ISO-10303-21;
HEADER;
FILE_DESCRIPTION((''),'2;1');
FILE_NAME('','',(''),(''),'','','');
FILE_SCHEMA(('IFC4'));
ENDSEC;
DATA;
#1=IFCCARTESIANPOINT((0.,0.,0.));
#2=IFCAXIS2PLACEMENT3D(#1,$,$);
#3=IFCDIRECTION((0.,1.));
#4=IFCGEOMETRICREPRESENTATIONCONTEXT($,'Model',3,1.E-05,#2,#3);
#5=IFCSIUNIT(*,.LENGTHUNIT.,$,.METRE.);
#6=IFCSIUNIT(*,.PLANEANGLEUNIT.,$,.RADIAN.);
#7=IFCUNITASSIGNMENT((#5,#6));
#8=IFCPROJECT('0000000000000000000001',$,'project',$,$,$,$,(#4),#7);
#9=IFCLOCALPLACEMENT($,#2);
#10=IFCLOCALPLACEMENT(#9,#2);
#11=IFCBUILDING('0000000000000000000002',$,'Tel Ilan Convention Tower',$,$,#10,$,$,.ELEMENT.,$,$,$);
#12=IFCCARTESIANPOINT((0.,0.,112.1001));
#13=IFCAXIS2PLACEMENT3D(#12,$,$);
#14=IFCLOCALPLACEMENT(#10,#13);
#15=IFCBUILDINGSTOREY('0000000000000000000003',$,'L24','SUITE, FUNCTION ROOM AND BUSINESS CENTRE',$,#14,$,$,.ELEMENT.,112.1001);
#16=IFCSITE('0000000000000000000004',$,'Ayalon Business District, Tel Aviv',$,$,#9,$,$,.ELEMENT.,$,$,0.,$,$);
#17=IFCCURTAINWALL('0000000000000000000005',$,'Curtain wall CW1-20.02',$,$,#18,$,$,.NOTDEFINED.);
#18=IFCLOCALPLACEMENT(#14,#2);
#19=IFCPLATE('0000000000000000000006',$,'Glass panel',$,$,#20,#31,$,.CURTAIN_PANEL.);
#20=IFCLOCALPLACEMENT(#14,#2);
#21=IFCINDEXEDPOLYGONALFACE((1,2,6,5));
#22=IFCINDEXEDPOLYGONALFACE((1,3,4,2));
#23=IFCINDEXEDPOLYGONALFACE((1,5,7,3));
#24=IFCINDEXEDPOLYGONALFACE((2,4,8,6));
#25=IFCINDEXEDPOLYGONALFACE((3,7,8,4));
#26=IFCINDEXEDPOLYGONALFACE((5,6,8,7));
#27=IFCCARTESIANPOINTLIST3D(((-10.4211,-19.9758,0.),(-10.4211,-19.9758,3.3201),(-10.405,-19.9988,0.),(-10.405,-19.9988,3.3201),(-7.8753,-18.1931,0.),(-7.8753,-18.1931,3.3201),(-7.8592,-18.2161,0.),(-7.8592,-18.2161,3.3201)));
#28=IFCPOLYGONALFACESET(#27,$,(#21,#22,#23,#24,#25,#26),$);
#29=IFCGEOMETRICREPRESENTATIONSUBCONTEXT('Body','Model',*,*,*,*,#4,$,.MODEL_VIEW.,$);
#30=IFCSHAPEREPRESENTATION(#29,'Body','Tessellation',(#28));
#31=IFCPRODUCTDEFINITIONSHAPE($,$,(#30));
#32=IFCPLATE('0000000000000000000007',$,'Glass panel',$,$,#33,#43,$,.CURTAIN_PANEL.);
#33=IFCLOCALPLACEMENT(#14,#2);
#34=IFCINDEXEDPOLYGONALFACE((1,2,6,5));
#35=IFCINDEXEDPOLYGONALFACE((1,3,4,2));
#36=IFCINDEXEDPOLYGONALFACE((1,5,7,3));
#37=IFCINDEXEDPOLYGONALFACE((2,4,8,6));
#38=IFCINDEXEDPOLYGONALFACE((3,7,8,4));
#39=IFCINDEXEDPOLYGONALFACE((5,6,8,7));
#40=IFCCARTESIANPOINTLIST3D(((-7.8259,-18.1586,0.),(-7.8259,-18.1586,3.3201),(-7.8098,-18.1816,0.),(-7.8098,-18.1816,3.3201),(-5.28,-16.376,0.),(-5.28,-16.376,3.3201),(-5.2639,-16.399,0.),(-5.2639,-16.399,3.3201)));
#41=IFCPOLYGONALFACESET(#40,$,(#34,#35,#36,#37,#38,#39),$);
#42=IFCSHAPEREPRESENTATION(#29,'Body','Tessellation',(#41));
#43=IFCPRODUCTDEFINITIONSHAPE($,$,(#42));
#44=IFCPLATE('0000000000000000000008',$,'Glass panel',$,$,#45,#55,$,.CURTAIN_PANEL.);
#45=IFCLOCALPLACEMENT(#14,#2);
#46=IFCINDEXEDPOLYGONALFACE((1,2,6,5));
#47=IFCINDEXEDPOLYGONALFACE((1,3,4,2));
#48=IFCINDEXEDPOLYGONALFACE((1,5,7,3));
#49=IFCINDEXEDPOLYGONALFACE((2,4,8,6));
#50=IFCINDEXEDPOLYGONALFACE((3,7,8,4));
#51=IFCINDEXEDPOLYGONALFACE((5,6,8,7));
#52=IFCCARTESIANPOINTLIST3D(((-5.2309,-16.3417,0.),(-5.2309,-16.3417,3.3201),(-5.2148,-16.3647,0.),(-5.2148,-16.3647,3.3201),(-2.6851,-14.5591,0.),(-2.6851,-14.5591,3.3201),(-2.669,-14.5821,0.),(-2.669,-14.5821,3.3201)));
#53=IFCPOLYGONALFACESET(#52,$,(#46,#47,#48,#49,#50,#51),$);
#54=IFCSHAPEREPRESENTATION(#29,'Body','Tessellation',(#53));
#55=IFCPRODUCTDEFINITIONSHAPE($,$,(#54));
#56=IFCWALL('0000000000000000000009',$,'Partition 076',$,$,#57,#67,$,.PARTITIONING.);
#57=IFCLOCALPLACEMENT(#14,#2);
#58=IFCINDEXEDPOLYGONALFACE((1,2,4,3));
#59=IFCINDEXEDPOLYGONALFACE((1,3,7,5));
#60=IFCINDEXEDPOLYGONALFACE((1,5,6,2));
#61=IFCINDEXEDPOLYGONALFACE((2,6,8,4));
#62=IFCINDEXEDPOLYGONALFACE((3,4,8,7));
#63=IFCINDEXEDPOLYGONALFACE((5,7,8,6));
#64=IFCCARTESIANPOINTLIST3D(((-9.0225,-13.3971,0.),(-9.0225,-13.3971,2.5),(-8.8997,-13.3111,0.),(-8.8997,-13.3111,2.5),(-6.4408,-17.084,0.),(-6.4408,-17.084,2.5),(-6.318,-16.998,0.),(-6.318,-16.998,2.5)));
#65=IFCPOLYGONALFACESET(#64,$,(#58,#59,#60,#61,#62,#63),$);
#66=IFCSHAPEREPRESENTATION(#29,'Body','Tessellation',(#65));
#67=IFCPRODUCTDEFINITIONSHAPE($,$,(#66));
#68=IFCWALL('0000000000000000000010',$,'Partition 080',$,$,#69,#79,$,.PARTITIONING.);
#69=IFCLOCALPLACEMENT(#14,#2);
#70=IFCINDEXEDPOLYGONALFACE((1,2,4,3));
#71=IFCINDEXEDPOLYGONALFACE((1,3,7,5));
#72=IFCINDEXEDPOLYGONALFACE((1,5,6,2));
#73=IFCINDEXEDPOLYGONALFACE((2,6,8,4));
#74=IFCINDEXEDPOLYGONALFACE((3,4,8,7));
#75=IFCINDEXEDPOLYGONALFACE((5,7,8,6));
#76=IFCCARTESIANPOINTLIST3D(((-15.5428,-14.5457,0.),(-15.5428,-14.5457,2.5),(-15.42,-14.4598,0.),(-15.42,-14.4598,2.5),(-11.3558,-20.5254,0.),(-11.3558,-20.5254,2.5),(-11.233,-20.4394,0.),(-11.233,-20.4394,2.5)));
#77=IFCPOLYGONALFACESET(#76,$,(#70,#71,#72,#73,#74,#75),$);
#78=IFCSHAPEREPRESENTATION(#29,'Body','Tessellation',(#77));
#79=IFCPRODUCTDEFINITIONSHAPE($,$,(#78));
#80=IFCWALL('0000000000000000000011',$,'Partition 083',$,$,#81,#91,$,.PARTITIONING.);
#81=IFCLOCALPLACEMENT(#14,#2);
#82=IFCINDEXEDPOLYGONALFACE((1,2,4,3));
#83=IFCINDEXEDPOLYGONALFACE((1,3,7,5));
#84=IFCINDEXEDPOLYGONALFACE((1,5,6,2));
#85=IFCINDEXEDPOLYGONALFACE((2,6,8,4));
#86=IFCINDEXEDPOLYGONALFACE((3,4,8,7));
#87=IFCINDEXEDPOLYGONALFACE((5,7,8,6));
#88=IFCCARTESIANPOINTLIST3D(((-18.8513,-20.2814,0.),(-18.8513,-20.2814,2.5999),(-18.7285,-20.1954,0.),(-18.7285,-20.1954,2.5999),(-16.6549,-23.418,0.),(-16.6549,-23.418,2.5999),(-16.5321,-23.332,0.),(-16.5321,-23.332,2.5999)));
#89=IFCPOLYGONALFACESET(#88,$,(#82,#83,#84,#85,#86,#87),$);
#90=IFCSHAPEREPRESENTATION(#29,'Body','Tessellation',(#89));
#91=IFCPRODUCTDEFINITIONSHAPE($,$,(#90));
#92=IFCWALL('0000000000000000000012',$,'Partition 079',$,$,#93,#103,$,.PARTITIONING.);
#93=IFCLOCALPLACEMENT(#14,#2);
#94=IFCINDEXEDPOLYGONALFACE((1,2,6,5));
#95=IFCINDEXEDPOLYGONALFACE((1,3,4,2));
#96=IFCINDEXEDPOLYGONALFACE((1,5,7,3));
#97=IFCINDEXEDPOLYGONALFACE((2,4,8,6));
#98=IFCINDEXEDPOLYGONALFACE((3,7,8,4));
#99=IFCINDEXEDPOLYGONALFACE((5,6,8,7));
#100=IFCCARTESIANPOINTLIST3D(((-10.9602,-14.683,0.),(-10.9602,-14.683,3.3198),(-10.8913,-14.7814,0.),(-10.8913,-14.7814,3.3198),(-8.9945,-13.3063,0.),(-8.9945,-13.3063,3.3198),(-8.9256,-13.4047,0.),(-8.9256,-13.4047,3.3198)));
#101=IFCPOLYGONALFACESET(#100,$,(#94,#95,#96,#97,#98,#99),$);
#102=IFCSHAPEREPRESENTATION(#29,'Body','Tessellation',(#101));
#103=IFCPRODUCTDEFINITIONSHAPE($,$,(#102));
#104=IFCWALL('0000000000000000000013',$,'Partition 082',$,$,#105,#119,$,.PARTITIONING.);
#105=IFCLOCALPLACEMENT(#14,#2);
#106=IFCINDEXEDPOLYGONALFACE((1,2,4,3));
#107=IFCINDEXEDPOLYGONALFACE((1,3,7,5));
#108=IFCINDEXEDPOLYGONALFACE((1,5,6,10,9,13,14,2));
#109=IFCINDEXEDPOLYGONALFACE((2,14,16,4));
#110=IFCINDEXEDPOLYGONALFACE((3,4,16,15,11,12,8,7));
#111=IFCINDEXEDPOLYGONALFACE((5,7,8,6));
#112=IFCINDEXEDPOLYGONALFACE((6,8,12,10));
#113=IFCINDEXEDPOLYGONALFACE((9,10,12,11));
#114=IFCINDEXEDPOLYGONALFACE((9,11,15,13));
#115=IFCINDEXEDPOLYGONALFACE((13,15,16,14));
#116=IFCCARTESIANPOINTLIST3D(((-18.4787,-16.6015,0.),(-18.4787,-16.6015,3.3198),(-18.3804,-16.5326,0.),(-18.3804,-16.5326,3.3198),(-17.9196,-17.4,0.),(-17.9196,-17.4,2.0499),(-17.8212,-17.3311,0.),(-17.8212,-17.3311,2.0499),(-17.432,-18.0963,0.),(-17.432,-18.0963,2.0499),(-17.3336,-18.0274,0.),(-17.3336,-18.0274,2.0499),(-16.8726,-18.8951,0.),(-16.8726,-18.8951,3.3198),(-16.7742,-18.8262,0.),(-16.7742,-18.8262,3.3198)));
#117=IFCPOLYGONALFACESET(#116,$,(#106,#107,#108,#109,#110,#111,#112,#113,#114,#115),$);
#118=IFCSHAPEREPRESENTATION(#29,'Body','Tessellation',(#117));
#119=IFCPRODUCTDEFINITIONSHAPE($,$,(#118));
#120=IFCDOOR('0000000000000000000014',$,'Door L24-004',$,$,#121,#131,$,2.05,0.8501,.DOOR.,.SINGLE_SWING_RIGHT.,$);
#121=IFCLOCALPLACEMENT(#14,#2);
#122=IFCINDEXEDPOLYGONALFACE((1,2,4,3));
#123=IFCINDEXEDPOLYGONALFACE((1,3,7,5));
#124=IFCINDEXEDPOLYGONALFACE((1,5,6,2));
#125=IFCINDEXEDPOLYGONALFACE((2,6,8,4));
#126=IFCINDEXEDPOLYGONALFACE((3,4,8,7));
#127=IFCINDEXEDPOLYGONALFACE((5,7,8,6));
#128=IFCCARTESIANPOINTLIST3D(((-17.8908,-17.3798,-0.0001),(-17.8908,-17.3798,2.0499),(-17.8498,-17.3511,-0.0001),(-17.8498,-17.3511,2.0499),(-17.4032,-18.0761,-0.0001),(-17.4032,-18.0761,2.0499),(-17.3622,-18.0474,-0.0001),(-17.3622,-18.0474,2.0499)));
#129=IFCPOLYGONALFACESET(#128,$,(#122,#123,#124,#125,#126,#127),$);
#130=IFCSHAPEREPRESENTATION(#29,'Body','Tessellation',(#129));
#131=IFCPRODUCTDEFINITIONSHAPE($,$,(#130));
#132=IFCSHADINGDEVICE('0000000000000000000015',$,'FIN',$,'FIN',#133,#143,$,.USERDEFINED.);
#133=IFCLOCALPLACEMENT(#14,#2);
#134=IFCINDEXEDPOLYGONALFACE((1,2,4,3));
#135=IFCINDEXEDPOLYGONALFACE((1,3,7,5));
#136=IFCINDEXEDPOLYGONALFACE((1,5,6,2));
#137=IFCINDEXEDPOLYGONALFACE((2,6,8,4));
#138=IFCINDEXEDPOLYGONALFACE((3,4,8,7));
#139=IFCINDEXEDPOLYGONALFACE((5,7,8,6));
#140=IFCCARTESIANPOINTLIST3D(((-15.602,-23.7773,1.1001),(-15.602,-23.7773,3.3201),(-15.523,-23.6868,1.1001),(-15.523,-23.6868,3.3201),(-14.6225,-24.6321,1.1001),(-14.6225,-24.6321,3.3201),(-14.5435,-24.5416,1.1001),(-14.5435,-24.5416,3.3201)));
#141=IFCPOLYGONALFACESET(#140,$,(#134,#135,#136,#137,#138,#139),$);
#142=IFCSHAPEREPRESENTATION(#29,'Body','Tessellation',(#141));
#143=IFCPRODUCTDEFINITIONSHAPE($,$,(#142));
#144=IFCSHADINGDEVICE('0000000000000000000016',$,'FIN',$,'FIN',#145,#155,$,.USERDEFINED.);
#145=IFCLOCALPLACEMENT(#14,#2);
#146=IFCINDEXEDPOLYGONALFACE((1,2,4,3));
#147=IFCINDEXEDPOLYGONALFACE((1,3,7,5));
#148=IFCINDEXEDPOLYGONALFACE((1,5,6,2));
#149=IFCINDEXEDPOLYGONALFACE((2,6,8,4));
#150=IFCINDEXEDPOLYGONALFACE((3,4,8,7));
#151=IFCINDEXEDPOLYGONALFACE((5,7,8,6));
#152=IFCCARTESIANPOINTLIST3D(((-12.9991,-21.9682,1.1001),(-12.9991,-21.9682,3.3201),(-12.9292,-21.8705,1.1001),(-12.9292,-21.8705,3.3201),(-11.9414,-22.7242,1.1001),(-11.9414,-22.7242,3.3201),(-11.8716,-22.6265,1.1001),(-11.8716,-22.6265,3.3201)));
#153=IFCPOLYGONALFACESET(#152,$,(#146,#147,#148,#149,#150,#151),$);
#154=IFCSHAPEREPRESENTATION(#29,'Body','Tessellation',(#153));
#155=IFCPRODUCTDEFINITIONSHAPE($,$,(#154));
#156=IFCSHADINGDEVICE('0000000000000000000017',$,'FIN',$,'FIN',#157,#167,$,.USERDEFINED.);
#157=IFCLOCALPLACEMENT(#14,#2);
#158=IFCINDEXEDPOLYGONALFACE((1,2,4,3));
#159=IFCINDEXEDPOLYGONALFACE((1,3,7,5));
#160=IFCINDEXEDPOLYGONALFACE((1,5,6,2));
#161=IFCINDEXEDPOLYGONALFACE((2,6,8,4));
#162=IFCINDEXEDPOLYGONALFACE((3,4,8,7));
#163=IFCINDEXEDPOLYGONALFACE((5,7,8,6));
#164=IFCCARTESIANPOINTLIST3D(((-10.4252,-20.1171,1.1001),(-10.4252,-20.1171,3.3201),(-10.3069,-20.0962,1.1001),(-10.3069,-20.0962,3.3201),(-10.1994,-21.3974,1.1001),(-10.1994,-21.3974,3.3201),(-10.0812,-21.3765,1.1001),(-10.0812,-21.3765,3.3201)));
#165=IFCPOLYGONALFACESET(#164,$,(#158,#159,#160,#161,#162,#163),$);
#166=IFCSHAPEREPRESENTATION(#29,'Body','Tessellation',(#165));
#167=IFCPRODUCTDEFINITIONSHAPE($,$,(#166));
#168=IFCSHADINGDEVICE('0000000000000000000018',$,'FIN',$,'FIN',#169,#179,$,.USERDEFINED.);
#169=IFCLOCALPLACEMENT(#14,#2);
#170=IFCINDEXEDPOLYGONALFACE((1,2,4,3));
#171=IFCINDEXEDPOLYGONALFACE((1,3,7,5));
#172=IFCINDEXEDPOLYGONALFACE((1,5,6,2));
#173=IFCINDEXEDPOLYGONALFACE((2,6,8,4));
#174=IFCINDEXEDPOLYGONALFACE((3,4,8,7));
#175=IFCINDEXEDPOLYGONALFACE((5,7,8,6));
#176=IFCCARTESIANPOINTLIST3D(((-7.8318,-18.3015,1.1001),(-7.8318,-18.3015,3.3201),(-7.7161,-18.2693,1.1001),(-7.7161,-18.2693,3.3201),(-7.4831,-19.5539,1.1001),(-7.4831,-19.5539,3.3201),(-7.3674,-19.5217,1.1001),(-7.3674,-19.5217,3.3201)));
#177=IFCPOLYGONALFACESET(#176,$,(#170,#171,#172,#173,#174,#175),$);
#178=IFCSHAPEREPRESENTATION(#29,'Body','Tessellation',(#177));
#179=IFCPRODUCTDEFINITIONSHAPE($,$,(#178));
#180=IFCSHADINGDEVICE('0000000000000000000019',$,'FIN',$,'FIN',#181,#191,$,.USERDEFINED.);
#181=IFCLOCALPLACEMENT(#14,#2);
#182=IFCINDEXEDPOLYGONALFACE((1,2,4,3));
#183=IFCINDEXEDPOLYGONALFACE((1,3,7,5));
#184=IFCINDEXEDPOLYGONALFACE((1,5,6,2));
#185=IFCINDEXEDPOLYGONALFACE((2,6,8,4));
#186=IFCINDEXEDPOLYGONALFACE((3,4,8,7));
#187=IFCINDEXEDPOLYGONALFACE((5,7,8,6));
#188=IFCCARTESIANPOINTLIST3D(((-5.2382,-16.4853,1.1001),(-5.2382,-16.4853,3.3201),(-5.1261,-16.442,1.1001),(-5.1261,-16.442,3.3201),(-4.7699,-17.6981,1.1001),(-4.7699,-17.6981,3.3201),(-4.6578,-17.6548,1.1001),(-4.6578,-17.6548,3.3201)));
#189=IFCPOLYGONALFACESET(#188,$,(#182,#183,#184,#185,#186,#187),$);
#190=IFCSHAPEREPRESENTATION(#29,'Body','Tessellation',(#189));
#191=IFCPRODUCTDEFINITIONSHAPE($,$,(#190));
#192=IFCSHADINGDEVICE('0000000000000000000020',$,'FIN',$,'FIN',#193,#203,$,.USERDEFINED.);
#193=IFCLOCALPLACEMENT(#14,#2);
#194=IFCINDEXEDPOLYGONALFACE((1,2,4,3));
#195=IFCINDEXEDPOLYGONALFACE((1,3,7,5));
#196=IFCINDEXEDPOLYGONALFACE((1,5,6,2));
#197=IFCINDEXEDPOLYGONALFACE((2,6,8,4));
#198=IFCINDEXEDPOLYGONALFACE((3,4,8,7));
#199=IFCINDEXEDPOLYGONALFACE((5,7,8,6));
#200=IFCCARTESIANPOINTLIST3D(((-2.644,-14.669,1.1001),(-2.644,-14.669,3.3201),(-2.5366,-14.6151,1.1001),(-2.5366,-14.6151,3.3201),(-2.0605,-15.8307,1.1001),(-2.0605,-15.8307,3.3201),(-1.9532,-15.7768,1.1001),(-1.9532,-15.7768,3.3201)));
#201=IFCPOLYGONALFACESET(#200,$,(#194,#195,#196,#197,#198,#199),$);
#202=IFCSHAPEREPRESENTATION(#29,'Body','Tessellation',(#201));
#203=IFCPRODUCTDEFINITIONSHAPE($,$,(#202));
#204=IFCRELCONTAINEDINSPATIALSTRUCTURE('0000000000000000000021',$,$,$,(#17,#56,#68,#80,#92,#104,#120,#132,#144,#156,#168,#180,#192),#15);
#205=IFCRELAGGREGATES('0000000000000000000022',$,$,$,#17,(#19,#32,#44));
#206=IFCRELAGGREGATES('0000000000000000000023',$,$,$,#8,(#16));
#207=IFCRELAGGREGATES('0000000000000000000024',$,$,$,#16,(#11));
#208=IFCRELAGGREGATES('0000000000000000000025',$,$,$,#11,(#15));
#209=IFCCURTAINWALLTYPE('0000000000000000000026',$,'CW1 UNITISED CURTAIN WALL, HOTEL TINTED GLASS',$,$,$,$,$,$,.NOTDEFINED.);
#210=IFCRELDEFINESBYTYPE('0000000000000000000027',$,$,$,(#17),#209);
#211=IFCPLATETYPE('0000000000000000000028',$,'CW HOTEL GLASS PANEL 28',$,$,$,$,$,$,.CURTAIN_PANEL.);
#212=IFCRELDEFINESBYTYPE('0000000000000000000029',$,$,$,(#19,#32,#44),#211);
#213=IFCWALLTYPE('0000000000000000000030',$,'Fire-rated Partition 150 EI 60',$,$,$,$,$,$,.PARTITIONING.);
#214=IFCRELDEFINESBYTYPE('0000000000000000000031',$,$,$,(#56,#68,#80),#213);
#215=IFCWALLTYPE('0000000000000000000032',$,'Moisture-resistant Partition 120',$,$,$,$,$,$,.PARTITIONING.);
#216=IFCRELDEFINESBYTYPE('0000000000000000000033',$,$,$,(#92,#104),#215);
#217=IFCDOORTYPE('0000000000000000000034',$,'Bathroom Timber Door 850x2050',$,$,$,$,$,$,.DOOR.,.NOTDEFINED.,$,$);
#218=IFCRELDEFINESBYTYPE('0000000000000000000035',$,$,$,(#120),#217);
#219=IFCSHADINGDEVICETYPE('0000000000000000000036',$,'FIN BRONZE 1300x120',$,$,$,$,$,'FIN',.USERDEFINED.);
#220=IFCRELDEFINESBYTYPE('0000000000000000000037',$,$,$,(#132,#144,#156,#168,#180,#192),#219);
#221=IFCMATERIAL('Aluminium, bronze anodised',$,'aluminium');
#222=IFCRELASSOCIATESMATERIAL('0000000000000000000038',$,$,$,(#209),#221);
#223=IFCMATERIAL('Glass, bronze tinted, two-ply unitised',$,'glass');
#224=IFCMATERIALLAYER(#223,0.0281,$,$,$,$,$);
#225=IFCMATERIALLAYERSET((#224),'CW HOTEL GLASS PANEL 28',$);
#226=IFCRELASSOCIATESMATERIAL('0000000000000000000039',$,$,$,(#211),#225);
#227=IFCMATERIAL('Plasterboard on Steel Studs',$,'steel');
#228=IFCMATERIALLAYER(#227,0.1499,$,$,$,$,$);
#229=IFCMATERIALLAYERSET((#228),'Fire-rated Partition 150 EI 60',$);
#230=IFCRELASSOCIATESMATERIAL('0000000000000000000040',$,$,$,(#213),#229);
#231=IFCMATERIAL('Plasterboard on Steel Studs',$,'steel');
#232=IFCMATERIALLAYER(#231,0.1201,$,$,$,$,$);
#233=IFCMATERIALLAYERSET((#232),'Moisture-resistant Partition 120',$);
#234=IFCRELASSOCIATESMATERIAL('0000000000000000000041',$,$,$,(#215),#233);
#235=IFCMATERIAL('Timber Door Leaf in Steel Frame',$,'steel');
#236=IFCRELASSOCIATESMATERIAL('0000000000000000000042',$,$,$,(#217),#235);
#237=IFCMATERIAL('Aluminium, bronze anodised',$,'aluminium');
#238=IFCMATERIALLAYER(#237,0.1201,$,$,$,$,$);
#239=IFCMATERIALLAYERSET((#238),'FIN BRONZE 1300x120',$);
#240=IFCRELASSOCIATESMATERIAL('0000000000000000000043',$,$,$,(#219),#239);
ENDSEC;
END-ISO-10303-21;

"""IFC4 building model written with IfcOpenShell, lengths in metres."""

from ifc_helpers import new_model, si_unit, direction, frame, frame_2d, origin, origin_2d, place, context, subcontext, project, spatial, rectangle, extrude, material, layer, layer_set, type_object, element, fill, aggregate, save


model = new_model("IFC4")

# Units and contexts
model_context = context("Model", 3, precision=1e-05, world=origin(), true_north=direction((0.0, 1.0)))
body_context = subcontext(model_context, "Body", "Model", "MODEL_VIEW")
ifc_project = project(units=[si_unit("LENGTHUNIT", "METRE"), si_unit("PLANEANGLEUNIT", "RADIAN")], contexts=[model_context])

# Site, building, storey
site_placement = place(None, origin())
site = spatial("IfcSite", under=ifc_project, at=site_placement, Name="Ayalon Business District, Tel Aviv", CompositionType="ELEMENT", RefElevation=0.0)
building_placement = place(site_placement, origin())
building = spatial("IfcBuilding", under=site, at=building_placement, Name="Tel Ilan Convention Tower", CompositionType="ELEMENT")
storey_placement = place(building_placement, frame((0.0, 0.0, 112.1001)))
storey = spatial("IfcBuildingStorey", under=building, at=storey_placement, Name="L24", Description="SUITE, FUNCTION ROOM AND BUSINESS CENTRE", CompositionType="ELEMENT", Elevation=112.1001)

# Curtain wall, plates
ifc_material_1 = material(Name="Aluminium, bronze anodised", Category="aluminium")
curtain_wall_type = type_object("IfcCurtainWallType", Name="CW1 UNITISED CURTAIN WALL, HOTEL TINTED GLASS", PredefinedType="NOTDEFINED", material=ifc_material_1)
curtain_wall_placement = place(storey_placement, origin())
curtain_wall = element("IfcCurtainWall", 1, at=curtain_wall_placement, inside=storey, type_object=curtain_wall_type, Name="Curtain wall CW1-20.02", PredefinedType="NOTDEFINED")
ifc_material_2 = material(Name="Glass, bronze tinted, two-ply unitised", Category="glass")
ifc_layer_1 = layer(ifc_material_2, 0.0281)
ifc_layer_set_1 = layer_set([ifc_layer_1], Name="CW HOTEL GLASS PANEL 28")
plate_type = type_object("IfcPlateType", Name="CW HOTEL GLASS PANEL 28", PredefinedType="CURTAIN_PANEL", material=ifc_layer_set_1)
plate_1_placement = place(storey_placement, frame((-9.1401, -19.0959, 0.0), z_axis=(0.0, 0.0, 1.0), x_axis=(0.819152, 0.573576, 0.0)))
plate_1 = element("IfcPlate", 2, at=plate_1_placement, type_object=plate_type, Name="Glass panel", PredefinedType="CURTAIN_PANEL", context=body_context, shape_type="SweptSolid", body=[
    extrude(rectangle(XDim=3.1079, YDim=0.0281, at=origin_2d()), origin(), (0.0, 0.0, 1.0), 3.3201),
])
plate_2_placement = place(storey_placement, frame((-6.5449, -17.2788, 0.0), z_axis=(0.0, 0.0, 1.0), x_axis=(0.819152, 0.573576, 0.0)))
plate_2 = element("IfcPlate", 3, at=plate_2_placement, type_object=plate_type, Name="Glass panel", PredefinedType="CURTAIN_PANEL", context=body_context, shape_type="SweptSolid", body=[
    extrude(rectangle(XDim=3.1079, YDim=0.0281, at=origin_2d()), origin(), (0.0, 0.0, 1.0), 3.3201),
])
plate_3_placement = place(storey_placement, frame((-3.95, -15.4619, 0.0), z_axis=(0.0, 0.0, 1.0), x_axis=(0.819152, 0.573576, 0.0)))
plate_3 = element("IfcPlate", 4, at=plate_3_placement, type_object=plate_type, Name="Glass panel", PredefinedType="CURTAIN_PANEL", context=body_context, shape_type="SweptSolid", body=[
    extrude(rectangle(XDim=3.1079, YDim=0.0281, at=origin_2d()), origin(), (0.0, 0.0, 1.0), 3.3201),
])
aggregate(curtain_wall, [plate_1, plate_2, plate_3])

# Walls
ifc_material_3 = material(Name="Plasterboard on Steel Studs", Category="steel")
ifc_layer_2 = layer(ifc_material_3, 0.1499)
ifc_layer_set_2 = layer_set([ifc_layer_2], Name="Fire-rated Partition 150 EI 60")
wall_type_1 = type_object("IfcWallType", Name="Fire-rated Partition 150 EI 60", PredefinedType="PARTITIONING", material=ifc_layer_set_2)
wall_1_placement = place(storey_placement, frame((-6.3794, -17.041, 0.0), z_axis=(0.0, 0.0, 1.0), x_axis=(-0.573593, 0.81914, 0.0)))
element("IfcWall", 5, at=wall_1_placement, inside=storey, type_object=wall_type_1, Name="Partition 076", PredefinedType="PARTITIONING", context=body_context, shape_type="SweptSolid", body=[
    extrude(rectangle(XDim=4.501, YDim=0.1499, at=frame_2d((2.2505, 0.0))), origin(), (0.0, 0.0, 1.0), 2.5),
])
wall_2_placement = place(storey_placement, frame((-11.2944, -20.4824, 0.0), z_axis=(0.0, 0.0, 1.0), x_axis=(-0.573572, 0.819155, 0.0)))
element("IfcWall", 6, at=wall_2_placement, inside=storey, type_object=wall_type_1, Name="Partition 080", PredefinedType="PARTITIONING", context=body_context, shape_type="SweptSolid", body=[
    extrude(rectangle(XDim=7.2998, YDim=0.1499, at=frame_2d((3.6499, 0.0))), origin(), (0.0, 0.0, 1.0), 2.5),
])
wall_3_placement = place(storey_placement, frame((-16.5935, -23.375, 0.0), z_axis=(0.0, 0.0, 1.0), x_axis=(-0.573595, 0.819139, 0.0)))
element("IfcWall", 7, at=wall_3_placement, inside=storey, type_object=wall_type_1, Name="Partition 083", PredefinedType="PARTITIONING", context=body_context, shape_type="SweptSolid", body=[
    extrude(rectangle(XDim=3.8291, YDim=0.1499, at=frame_2d((1.9146, 0.0))), origin(), (0.0, 0.0, 1.0), 2.5999),
])
ifc_material_4 = material(Name="Plasterboard on Steel Studs", Category="steel")
ifc_layer_3 = layer(ifc_material_4, 0.1201)
ifc_layer_set_3 = layer_set([ifc_layer_3], Name="Moisture-resistant Partition 120")
wall_type_2 = type_object("IfcWallType", Name="Moisture-resistant Partition 120", PredefinedType="PARTITIONING", material=ifc_layer_set_3)
wall_4_placement = place(storey_placement, frame((-10.9258, -14.7322, 0.0), z_axis=(0.0, 0.0, 1.0), x_axis=(0.819108, 0.57364, 0.0)))
element("IfcWall", 8, at=wall_4_placement, inside=storey, type_object=wall_type_2, Name="Partition 079", PredefinedType="PARTITIONING", context=body_context, shape_type="SweptSolid", body=[
    extrude(rectangle(XDim=2.3999, YDim=0.1201, at=frame_2d((1.2, 0.0))), origin(), (0.0, 0.0, 1.0), 3.3198),
])

# Wall, opening, door
wall_5_placement = place(storey_placement, frame((-16.8235, -18.8606, 0.0), z_axis=(0.0, 0.0, 1.0), x_axis=(-0.573609, 0.81913, 0.0)))
wall_5 = element("IfcWall", 9, at=wall_5_placement, inside=storey, type_object=wall_type_2, Name="Partition 082", PredefinedType="PARTITIONING", context=body_context, shape_type="SweptSolid", body=[
    extrude(rectangle(XDim=2.8, YDim=0.1201, at=frame_2d((1.3999, 0.0))), origin(), (0.0, 0.0, 1.0), 3.3198),
])
opening_placement = place(wall_5_placement, frame((0.9751, 0.0, 0.0)))
opening = element("IfcOpeningElement", 10, at=opening_placement, cuts=wall_5, PredefinedType="OPENING", context=body_context, shape_type="SweptSolid", body=[
    extrude(rectangle(XDim=0.8501, YDim=2.05, at=frame_2d((0.425, 1.0249))), frame((0.0, 0.0701, 0.0), z_axis=(0.0, -1.0, 0.0), x_axis=(1.0, 0.0, 0.0)), (0.0, 0.0, 1.0), 0.1401),
])
ifc_material_5 = material(Name="Timber Door Leaf in Steel Frame", Category="steel")
door_type = type_object("IfcDoorType", Name="Bathroom Timber Door 850x2050", OperationType="NOTDEFINED", PredefinedType="DOOR", material=ifc_material_5)
door_placement = place(opening_placement, origin())
door = element("IfcDoor", 11, at=door_placement, inside=storey, type_object=door_type, Name="Door L24-004", OperationType="SINGLE_SWING_RIGHT", OverallHeight=2.05, OverallWidth=0.8501, PredefinedType="DOOR", context=body_context, shape_type="SweptSolid", body=[
    extrude(rectangle(XDim=0.8501, YDim=2.05, at=frame_2d((0.425, 1.0249))), frame((0.0, 0.0249, 0.0), z_axis=(0.0, -1.0, 0.0), x_axis=(1.0, 0.0, 0.0)), (0.0, 0.0, 1.0), 0.05),
])
fill(opening, door)

# Shading devices
ifc_material_6 = material(Name="Aluminium, bronze anodised", Category="aluminium")
ifc_layer_4 = layer(ifc_material_6, 0.1201)
ifc_layer_set_4 = layer_set([ifc_layer_4], Name="FIN BRONZE 1300x120")
shading_device_type = type_object("IfcShadingDeviceType", Name="FIN BRONZE 1300x120", ElementType="FIN", PredefinedType="USERDEFINED", material=ifc_layer_set_4)
for number, where, z_axis, x_axis, name in (
    (12, (-15.0728, -24.1594, 1.1001), (0.0, 0.0, 1.0), (0.753436, -0.657521, 0.0), "FIN"),
    (13, (-12.4353, -22.2974, 1.1001), (0.0, 0.0, 1.0), (0.813552, -0.581492, 0.0), "FIN"),
    (14, (-10.2532, -20.7468, 1.1001), (0.0, 0.0, 1.0), (0.173648, -0.984808, 0.0), "FIN"),
    (15, (-7.5996, -18.9116, 1.1001), (0.0, 0.0, 1.0), (0.268173, -0.963371, 0.0), "FIN"),
    (16, (-4.948, -17.0701, 1.1001), (0.0, 0.0, 1.0), (0.360178, -0.932884, 0.0), "FIN"),
    (17, (-2.2986, -15.2229, 1.1001), (0.0, 0.0, 1.0), (0.448799, -0.893633, 0.0), "FIN"),
):
    element("IfcShadingDevice", number, at=place(storey_placement, frame(where, z_axis=z_axis, x_axis=x_axis)), inside=storey, type_object=shading_device_type, Name=name, ObjectType="FIN", PredefinedType="USERDEFINED", context=body_context, shape_type="SweptSolid", body=[
        extrude(rectangle(XDim=1.3, YDim=0.1201, at=origin_2d()), origin(), (0.0, 0.0, 1.0), 2.22),
    ])

save(model, "model.ifc")
